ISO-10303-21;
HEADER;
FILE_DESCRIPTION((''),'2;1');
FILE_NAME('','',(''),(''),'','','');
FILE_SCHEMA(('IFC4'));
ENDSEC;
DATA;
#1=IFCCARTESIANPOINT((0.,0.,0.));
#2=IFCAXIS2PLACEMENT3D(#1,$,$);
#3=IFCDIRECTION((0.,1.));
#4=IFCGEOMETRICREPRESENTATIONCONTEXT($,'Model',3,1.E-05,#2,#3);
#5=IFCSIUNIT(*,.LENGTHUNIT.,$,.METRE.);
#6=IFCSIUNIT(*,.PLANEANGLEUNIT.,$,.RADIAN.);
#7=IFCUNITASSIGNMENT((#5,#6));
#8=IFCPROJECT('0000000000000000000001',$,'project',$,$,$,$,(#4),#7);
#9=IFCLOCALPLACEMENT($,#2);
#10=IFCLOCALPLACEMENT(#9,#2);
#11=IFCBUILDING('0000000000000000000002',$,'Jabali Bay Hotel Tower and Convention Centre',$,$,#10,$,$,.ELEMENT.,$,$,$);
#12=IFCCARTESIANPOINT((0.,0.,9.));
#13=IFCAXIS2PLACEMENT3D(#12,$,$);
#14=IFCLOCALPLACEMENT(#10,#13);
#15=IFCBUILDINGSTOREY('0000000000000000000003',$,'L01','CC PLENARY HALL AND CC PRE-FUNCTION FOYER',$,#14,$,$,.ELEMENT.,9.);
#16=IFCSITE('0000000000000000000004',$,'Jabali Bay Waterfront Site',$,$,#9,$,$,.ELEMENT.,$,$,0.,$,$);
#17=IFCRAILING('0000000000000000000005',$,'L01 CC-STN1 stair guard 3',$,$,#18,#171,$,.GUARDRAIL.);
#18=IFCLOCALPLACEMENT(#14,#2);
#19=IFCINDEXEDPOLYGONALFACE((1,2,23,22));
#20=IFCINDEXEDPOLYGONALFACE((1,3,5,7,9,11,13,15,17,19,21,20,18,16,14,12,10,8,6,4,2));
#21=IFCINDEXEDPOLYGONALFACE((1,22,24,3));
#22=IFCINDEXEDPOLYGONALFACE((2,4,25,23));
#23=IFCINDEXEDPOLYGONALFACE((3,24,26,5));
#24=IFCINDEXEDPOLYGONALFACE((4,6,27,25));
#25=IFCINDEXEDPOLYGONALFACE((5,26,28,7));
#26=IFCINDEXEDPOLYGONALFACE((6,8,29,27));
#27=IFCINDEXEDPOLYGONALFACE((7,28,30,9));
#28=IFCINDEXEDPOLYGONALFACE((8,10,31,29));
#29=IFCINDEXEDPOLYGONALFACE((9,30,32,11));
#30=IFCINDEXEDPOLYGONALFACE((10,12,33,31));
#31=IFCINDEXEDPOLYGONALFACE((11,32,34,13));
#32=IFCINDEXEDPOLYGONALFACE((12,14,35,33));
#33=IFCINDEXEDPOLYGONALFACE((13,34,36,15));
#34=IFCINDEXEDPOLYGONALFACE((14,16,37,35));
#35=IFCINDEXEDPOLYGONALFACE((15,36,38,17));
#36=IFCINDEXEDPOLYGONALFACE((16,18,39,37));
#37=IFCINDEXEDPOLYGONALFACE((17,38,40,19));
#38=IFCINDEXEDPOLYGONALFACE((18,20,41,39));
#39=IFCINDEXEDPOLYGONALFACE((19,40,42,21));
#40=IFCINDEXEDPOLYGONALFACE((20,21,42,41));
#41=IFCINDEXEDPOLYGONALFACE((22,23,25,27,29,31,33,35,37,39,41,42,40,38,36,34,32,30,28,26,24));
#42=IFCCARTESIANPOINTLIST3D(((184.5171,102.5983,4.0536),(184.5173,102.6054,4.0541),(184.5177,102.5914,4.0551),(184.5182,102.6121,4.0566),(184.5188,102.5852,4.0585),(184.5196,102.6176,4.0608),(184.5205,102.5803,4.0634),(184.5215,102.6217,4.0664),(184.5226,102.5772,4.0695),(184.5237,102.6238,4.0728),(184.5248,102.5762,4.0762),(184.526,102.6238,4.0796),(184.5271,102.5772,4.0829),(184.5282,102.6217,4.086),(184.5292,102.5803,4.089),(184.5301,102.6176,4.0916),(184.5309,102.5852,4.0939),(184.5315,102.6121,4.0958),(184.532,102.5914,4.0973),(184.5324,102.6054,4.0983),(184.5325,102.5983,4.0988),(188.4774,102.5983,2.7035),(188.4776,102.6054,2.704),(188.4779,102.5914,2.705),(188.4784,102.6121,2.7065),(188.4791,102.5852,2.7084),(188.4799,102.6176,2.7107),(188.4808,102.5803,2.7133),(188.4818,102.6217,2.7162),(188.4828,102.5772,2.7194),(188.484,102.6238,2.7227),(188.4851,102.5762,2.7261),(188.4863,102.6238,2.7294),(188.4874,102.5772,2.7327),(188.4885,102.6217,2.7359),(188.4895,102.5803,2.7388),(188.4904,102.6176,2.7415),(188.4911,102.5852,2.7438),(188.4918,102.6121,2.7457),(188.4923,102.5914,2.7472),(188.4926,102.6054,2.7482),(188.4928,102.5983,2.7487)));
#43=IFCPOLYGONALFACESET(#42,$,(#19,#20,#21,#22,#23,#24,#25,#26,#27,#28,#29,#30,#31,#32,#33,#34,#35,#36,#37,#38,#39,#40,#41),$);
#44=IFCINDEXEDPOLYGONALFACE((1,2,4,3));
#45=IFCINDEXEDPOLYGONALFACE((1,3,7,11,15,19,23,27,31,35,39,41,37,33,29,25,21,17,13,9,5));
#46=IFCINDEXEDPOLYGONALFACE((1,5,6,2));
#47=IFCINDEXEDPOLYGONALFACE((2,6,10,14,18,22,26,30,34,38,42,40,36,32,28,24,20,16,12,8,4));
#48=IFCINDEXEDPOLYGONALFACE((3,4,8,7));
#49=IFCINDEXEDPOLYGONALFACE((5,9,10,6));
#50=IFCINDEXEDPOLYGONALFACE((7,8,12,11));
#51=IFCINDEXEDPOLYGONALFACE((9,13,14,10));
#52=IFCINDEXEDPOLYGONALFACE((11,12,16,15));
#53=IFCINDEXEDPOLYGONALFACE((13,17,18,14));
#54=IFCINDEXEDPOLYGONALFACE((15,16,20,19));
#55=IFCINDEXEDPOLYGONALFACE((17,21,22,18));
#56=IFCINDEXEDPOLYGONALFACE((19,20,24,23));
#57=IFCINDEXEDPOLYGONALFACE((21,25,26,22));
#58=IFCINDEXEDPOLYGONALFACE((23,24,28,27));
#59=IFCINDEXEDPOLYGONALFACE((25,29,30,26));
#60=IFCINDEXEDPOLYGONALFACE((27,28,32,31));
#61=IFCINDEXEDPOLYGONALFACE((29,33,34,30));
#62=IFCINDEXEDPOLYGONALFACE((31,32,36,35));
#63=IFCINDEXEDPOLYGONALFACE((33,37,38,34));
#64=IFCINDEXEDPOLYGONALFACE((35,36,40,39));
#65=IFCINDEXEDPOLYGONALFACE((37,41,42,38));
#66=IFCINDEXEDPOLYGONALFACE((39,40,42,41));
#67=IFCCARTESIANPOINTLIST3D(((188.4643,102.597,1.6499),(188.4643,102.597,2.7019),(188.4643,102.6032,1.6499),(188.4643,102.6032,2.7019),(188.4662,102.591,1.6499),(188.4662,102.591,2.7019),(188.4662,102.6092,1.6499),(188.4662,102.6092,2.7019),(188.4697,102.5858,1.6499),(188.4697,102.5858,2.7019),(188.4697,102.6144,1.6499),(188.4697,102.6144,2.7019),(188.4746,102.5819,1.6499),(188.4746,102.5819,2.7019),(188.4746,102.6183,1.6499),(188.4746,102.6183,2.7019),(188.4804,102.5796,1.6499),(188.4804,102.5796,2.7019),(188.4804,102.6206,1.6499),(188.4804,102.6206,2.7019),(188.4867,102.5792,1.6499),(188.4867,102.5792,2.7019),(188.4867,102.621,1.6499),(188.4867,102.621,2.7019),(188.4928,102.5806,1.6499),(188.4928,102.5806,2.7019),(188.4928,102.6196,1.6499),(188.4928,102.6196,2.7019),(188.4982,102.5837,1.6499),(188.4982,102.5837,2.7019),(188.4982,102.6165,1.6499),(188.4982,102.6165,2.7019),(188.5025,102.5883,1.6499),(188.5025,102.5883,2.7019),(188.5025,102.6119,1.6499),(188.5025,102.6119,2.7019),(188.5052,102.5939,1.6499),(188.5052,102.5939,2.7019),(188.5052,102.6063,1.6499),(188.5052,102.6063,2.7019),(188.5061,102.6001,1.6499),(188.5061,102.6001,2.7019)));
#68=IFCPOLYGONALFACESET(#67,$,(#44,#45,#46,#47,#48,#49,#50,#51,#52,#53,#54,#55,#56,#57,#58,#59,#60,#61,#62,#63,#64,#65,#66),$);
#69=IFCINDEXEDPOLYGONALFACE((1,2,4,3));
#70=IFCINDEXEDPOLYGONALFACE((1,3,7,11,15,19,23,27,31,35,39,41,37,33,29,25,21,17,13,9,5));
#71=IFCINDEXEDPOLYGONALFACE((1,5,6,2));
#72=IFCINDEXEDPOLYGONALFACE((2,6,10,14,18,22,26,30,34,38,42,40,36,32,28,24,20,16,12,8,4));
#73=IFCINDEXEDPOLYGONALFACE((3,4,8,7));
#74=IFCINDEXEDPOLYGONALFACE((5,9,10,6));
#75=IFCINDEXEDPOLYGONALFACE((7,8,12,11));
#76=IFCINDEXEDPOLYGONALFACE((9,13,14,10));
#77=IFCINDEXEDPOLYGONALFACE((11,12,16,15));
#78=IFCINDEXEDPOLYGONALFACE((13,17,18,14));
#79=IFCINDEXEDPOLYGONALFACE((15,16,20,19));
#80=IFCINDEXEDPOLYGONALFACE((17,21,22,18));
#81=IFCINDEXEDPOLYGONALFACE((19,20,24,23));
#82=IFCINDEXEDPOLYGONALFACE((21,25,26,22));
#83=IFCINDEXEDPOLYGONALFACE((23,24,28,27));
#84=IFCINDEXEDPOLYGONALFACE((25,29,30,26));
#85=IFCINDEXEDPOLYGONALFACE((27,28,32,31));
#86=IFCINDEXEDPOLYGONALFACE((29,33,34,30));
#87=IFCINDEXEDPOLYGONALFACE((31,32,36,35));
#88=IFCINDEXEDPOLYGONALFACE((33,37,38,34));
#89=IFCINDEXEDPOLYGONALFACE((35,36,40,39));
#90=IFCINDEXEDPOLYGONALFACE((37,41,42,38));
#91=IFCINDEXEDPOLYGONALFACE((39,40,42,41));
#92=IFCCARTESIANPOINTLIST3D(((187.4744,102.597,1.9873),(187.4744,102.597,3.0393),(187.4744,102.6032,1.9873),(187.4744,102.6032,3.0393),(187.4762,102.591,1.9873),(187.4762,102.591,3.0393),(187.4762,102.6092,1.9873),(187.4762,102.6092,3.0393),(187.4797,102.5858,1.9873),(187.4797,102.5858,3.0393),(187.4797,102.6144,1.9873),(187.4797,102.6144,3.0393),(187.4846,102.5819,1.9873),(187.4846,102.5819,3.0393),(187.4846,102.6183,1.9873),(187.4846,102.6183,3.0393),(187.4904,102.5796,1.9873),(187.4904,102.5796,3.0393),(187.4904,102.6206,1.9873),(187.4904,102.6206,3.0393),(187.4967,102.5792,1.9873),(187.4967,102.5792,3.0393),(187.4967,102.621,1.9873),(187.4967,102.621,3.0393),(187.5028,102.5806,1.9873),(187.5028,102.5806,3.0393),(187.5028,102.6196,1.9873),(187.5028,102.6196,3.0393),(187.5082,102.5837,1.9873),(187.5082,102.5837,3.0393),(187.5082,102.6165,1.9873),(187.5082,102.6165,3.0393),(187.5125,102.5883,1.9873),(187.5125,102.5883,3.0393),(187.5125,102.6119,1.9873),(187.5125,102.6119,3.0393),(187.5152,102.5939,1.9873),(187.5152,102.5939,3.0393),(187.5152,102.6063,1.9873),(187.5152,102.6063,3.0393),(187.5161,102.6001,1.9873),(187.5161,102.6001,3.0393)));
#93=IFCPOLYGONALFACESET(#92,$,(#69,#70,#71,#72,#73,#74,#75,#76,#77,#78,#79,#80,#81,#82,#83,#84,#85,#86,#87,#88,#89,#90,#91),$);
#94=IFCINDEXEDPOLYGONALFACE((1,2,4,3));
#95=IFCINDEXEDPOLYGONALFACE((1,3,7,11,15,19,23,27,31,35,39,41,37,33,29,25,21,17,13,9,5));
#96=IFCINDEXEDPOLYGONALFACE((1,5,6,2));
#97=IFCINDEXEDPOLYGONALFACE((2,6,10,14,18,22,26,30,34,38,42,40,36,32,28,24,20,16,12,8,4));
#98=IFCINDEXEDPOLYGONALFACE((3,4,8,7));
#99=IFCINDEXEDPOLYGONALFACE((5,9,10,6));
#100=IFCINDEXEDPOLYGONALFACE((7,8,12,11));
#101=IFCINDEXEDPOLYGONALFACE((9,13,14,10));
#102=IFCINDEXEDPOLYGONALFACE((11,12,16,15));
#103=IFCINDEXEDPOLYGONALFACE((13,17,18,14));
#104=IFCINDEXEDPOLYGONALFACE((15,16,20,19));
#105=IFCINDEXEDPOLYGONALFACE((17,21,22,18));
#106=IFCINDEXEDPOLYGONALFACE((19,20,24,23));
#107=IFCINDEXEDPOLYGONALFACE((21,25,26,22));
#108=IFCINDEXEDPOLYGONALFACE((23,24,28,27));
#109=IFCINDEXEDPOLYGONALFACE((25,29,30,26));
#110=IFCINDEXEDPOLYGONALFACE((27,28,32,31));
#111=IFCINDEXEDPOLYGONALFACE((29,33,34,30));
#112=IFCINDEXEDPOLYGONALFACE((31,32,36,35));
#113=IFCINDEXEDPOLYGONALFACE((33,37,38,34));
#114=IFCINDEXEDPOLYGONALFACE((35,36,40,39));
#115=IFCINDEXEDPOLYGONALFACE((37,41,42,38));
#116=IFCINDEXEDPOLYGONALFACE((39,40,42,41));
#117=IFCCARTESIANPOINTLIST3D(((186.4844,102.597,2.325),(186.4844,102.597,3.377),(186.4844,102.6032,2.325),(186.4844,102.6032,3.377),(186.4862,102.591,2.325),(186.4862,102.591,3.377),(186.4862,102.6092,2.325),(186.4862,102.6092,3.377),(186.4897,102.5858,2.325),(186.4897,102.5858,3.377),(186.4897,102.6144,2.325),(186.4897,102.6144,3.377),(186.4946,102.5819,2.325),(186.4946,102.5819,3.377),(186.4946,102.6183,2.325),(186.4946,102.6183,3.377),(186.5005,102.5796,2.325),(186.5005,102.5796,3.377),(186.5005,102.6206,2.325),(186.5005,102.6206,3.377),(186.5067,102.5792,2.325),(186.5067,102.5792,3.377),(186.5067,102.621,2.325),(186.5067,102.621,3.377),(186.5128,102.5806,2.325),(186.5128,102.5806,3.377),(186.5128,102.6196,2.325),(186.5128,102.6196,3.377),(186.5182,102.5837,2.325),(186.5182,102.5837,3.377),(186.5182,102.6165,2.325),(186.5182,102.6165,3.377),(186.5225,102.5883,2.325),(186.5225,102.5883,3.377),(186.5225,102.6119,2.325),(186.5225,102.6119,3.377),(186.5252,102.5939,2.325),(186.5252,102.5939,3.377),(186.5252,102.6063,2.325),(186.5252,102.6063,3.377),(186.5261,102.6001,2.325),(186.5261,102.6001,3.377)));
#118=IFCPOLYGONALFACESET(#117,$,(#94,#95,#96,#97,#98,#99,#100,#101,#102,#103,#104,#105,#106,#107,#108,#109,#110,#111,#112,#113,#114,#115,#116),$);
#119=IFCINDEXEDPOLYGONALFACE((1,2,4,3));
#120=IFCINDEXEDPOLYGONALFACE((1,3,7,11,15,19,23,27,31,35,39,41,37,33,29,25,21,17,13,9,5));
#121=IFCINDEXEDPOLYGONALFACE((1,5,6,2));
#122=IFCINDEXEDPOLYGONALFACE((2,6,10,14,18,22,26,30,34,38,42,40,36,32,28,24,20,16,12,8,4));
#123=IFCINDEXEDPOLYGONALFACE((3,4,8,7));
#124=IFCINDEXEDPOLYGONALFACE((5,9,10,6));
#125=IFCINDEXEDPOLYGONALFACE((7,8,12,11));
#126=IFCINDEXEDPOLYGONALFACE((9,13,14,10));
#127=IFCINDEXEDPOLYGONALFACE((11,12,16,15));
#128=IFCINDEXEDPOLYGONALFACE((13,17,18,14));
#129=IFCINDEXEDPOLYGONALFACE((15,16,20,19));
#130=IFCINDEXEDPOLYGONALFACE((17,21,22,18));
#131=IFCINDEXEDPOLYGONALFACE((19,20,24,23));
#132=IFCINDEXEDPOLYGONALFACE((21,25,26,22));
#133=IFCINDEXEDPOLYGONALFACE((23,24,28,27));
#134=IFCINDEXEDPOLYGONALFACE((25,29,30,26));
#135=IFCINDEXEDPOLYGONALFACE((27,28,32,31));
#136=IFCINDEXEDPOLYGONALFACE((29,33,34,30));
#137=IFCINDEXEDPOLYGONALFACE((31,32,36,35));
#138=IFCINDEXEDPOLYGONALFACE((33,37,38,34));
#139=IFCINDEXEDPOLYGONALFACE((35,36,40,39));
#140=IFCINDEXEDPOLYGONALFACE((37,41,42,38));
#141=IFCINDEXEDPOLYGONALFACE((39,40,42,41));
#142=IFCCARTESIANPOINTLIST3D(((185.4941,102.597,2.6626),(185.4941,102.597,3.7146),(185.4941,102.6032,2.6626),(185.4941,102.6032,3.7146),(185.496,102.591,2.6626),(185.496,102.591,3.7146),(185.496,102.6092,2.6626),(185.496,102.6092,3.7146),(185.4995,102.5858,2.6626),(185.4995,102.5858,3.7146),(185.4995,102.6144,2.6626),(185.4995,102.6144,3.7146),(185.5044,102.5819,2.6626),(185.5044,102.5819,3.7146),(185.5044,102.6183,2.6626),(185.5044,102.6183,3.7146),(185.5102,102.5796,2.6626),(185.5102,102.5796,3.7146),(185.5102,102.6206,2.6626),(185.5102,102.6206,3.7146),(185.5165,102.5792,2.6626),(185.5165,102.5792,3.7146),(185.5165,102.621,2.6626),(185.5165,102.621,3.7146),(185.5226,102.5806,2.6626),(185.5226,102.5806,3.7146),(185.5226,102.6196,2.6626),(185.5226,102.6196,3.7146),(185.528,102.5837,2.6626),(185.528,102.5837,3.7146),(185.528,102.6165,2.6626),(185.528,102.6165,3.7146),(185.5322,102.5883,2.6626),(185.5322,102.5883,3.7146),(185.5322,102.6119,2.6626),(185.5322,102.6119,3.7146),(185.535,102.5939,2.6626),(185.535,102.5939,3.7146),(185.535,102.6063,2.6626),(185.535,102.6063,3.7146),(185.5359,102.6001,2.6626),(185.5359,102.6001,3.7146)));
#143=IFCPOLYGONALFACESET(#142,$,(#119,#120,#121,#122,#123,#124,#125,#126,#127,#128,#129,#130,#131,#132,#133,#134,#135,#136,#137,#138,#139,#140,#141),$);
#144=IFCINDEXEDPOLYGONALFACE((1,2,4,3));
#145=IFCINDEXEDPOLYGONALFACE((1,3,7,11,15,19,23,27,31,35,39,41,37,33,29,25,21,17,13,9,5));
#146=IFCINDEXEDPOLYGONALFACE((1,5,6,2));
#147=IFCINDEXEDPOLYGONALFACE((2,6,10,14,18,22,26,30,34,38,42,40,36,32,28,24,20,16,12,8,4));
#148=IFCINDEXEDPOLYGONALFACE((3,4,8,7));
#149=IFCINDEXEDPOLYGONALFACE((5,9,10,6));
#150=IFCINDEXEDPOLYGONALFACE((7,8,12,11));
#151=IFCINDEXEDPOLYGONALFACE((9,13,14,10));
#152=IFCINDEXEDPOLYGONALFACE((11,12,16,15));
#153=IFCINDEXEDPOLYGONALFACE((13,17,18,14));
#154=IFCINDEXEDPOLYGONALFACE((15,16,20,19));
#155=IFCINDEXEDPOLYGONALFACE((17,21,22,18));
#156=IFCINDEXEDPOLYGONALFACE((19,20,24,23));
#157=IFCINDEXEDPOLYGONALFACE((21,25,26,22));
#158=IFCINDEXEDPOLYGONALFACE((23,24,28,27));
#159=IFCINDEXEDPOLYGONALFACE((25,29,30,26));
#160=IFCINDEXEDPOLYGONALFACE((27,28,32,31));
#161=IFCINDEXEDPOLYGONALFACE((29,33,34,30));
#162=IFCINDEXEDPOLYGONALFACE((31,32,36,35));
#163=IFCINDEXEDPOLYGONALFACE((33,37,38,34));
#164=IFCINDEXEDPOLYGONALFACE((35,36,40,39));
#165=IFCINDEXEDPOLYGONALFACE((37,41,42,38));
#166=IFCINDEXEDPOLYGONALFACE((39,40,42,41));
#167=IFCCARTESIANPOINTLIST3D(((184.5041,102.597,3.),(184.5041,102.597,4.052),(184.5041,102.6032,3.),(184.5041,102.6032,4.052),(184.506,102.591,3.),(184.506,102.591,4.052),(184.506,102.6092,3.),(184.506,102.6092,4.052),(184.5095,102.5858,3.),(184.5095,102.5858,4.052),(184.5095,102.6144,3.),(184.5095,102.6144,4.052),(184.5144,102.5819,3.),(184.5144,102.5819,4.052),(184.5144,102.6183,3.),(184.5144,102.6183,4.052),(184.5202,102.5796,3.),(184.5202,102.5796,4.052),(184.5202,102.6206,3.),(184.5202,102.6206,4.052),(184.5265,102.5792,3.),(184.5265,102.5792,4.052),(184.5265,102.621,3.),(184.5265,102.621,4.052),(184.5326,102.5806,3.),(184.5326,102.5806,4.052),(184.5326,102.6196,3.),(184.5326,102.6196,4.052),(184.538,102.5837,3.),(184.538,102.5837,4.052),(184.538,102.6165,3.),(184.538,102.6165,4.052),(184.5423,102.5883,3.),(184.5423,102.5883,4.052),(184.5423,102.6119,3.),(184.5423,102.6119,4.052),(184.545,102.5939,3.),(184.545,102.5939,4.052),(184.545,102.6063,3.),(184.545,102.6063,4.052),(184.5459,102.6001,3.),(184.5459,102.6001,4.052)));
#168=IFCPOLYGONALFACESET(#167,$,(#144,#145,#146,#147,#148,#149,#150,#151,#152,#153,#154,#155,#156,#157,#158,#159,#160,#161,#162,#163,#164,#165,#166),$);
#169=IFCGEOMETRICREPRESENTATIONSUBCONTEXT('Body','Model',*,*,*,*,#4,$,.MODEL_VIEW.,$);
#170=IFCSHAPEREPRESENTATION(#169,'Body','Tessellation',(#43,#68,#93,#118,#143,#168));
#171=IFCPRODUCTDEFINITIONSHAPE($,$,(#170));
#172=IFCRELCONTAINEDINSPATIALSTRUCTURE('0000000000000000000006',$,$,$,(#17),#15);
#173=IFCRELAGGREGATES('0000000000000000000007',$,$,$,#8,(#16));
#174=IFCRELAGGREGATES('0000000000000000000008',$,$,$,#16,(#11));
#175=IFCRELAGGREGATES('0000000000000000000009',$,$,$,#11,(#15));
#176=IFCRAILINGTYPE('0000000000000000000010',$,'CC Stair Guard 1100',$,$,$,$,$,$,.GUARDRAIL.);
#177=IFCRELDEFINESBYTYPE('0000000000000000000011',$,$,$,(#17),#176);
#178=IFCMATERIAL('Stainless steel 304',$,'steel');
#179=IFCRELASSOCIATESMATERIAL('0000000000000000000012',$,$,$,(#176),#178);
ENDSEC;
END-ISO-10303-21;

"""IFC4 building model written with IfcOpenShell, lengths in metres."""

from ifc_helpers import new_model, si_unit, direction, frame, origin, origin_2d, place, context, subcontext, project, spatial, circle, extrude, material, type_object, element, save


model = new_model("IFC4")

# Units and contexts
model_context = context("Model", 3, precision=1e-05, world=origin(), true_north=direction((0.0, 1.0)))
body_context = subcontext(model_context, "Body", "Model", "MODEL_VIEW")
ifc_project = project(units=[si_unit("LENGTHUNIT", "METRE"), si_unit("PLANEANGLEUNIT", "RADIAN")], contexts=[model_context])

# Site, building, storey
site_placement = place(None, origin())
site = spatial("IfcSite", under=ifc_project, at=site_placement, Name="Jabali Bay Waterfront Site", CompositionType="ELEMENT", RefElevation=0.0)
building_placement = place(site_placement, origin())
building = spatial("IfcBuilding", under=site, at=building_placement, Name="Jabali Bay Hotel Tower and Convention Centre", CompositionType="ELEMENT")
storey_placement = place(building_placement, frame((0.0, 0.0, 9.0)))
storey = spatial("IfcBuildingStorey", under=building, at=storey_placement, Name="L01", Description="CC PLENARY HALL AND CC PRE-FUNCTION FOYER", CompositionType="ELEMENT", Elevation=9.0)

# Railing
ifc_material_1 = material(Name="Stainless steel 304", Category="steel")
railing_type_1 = type_object("IfcRailingType", Name="CC Stair Guard 1100", PredefinedType="GUARDRAIL", material=ifc_material_1)
railing_1_placement = place(storey_placement, frame((188.4851, 102.6001, 1.6499)))
element("IfcRailing", 1, at=railing_1_placement, inside=storey, type_object=railing_type_1, Name="L01 CC-STN1 stair guard 3", PredefinedType="GUARDRAIL", context=body_context, shape_type="SweptSolid", body=[
    extrude(circle(Radius=0.0239, at=origin_2d()), frame((0.0, 0.0, 1.0762), z_axis=(-0.946508, 0.0, 0.32268), x_axis=(0.0, -1.0, 0.0)), (0.0, 0.0, 1.0), 4.1841),
    extrude(circle(Radius=0.021, at=origin_2d()), origin(), (0.0, 0.0, 1.0), 1.052),
    extrude(circle(Radius=0.021, at=origin_2d()), frame((-0.99, 0.0, 0.3374)), (0.0, 0.0, 1.0), 1.052),
    extrude(circle(Radius=0.021, at=origin_2d()), frame((-1.98, 0.0, 0.675)), (0.0, 0.0, 1.0), 1.052),
    extrude(circle(Radius=0.021, at=origin_2d()), frame((-2.9702, 0.0, 1.0127)), (0.0, 0.0, 1.0), 1.052),
    extrude(circle(Radius=0.021, at=origin_2d()), frame((-3.9602, 0.0, 1.3501)), (0.0, 0.0, 1.0), 1.052),
])

save(model, "model.ifc")
